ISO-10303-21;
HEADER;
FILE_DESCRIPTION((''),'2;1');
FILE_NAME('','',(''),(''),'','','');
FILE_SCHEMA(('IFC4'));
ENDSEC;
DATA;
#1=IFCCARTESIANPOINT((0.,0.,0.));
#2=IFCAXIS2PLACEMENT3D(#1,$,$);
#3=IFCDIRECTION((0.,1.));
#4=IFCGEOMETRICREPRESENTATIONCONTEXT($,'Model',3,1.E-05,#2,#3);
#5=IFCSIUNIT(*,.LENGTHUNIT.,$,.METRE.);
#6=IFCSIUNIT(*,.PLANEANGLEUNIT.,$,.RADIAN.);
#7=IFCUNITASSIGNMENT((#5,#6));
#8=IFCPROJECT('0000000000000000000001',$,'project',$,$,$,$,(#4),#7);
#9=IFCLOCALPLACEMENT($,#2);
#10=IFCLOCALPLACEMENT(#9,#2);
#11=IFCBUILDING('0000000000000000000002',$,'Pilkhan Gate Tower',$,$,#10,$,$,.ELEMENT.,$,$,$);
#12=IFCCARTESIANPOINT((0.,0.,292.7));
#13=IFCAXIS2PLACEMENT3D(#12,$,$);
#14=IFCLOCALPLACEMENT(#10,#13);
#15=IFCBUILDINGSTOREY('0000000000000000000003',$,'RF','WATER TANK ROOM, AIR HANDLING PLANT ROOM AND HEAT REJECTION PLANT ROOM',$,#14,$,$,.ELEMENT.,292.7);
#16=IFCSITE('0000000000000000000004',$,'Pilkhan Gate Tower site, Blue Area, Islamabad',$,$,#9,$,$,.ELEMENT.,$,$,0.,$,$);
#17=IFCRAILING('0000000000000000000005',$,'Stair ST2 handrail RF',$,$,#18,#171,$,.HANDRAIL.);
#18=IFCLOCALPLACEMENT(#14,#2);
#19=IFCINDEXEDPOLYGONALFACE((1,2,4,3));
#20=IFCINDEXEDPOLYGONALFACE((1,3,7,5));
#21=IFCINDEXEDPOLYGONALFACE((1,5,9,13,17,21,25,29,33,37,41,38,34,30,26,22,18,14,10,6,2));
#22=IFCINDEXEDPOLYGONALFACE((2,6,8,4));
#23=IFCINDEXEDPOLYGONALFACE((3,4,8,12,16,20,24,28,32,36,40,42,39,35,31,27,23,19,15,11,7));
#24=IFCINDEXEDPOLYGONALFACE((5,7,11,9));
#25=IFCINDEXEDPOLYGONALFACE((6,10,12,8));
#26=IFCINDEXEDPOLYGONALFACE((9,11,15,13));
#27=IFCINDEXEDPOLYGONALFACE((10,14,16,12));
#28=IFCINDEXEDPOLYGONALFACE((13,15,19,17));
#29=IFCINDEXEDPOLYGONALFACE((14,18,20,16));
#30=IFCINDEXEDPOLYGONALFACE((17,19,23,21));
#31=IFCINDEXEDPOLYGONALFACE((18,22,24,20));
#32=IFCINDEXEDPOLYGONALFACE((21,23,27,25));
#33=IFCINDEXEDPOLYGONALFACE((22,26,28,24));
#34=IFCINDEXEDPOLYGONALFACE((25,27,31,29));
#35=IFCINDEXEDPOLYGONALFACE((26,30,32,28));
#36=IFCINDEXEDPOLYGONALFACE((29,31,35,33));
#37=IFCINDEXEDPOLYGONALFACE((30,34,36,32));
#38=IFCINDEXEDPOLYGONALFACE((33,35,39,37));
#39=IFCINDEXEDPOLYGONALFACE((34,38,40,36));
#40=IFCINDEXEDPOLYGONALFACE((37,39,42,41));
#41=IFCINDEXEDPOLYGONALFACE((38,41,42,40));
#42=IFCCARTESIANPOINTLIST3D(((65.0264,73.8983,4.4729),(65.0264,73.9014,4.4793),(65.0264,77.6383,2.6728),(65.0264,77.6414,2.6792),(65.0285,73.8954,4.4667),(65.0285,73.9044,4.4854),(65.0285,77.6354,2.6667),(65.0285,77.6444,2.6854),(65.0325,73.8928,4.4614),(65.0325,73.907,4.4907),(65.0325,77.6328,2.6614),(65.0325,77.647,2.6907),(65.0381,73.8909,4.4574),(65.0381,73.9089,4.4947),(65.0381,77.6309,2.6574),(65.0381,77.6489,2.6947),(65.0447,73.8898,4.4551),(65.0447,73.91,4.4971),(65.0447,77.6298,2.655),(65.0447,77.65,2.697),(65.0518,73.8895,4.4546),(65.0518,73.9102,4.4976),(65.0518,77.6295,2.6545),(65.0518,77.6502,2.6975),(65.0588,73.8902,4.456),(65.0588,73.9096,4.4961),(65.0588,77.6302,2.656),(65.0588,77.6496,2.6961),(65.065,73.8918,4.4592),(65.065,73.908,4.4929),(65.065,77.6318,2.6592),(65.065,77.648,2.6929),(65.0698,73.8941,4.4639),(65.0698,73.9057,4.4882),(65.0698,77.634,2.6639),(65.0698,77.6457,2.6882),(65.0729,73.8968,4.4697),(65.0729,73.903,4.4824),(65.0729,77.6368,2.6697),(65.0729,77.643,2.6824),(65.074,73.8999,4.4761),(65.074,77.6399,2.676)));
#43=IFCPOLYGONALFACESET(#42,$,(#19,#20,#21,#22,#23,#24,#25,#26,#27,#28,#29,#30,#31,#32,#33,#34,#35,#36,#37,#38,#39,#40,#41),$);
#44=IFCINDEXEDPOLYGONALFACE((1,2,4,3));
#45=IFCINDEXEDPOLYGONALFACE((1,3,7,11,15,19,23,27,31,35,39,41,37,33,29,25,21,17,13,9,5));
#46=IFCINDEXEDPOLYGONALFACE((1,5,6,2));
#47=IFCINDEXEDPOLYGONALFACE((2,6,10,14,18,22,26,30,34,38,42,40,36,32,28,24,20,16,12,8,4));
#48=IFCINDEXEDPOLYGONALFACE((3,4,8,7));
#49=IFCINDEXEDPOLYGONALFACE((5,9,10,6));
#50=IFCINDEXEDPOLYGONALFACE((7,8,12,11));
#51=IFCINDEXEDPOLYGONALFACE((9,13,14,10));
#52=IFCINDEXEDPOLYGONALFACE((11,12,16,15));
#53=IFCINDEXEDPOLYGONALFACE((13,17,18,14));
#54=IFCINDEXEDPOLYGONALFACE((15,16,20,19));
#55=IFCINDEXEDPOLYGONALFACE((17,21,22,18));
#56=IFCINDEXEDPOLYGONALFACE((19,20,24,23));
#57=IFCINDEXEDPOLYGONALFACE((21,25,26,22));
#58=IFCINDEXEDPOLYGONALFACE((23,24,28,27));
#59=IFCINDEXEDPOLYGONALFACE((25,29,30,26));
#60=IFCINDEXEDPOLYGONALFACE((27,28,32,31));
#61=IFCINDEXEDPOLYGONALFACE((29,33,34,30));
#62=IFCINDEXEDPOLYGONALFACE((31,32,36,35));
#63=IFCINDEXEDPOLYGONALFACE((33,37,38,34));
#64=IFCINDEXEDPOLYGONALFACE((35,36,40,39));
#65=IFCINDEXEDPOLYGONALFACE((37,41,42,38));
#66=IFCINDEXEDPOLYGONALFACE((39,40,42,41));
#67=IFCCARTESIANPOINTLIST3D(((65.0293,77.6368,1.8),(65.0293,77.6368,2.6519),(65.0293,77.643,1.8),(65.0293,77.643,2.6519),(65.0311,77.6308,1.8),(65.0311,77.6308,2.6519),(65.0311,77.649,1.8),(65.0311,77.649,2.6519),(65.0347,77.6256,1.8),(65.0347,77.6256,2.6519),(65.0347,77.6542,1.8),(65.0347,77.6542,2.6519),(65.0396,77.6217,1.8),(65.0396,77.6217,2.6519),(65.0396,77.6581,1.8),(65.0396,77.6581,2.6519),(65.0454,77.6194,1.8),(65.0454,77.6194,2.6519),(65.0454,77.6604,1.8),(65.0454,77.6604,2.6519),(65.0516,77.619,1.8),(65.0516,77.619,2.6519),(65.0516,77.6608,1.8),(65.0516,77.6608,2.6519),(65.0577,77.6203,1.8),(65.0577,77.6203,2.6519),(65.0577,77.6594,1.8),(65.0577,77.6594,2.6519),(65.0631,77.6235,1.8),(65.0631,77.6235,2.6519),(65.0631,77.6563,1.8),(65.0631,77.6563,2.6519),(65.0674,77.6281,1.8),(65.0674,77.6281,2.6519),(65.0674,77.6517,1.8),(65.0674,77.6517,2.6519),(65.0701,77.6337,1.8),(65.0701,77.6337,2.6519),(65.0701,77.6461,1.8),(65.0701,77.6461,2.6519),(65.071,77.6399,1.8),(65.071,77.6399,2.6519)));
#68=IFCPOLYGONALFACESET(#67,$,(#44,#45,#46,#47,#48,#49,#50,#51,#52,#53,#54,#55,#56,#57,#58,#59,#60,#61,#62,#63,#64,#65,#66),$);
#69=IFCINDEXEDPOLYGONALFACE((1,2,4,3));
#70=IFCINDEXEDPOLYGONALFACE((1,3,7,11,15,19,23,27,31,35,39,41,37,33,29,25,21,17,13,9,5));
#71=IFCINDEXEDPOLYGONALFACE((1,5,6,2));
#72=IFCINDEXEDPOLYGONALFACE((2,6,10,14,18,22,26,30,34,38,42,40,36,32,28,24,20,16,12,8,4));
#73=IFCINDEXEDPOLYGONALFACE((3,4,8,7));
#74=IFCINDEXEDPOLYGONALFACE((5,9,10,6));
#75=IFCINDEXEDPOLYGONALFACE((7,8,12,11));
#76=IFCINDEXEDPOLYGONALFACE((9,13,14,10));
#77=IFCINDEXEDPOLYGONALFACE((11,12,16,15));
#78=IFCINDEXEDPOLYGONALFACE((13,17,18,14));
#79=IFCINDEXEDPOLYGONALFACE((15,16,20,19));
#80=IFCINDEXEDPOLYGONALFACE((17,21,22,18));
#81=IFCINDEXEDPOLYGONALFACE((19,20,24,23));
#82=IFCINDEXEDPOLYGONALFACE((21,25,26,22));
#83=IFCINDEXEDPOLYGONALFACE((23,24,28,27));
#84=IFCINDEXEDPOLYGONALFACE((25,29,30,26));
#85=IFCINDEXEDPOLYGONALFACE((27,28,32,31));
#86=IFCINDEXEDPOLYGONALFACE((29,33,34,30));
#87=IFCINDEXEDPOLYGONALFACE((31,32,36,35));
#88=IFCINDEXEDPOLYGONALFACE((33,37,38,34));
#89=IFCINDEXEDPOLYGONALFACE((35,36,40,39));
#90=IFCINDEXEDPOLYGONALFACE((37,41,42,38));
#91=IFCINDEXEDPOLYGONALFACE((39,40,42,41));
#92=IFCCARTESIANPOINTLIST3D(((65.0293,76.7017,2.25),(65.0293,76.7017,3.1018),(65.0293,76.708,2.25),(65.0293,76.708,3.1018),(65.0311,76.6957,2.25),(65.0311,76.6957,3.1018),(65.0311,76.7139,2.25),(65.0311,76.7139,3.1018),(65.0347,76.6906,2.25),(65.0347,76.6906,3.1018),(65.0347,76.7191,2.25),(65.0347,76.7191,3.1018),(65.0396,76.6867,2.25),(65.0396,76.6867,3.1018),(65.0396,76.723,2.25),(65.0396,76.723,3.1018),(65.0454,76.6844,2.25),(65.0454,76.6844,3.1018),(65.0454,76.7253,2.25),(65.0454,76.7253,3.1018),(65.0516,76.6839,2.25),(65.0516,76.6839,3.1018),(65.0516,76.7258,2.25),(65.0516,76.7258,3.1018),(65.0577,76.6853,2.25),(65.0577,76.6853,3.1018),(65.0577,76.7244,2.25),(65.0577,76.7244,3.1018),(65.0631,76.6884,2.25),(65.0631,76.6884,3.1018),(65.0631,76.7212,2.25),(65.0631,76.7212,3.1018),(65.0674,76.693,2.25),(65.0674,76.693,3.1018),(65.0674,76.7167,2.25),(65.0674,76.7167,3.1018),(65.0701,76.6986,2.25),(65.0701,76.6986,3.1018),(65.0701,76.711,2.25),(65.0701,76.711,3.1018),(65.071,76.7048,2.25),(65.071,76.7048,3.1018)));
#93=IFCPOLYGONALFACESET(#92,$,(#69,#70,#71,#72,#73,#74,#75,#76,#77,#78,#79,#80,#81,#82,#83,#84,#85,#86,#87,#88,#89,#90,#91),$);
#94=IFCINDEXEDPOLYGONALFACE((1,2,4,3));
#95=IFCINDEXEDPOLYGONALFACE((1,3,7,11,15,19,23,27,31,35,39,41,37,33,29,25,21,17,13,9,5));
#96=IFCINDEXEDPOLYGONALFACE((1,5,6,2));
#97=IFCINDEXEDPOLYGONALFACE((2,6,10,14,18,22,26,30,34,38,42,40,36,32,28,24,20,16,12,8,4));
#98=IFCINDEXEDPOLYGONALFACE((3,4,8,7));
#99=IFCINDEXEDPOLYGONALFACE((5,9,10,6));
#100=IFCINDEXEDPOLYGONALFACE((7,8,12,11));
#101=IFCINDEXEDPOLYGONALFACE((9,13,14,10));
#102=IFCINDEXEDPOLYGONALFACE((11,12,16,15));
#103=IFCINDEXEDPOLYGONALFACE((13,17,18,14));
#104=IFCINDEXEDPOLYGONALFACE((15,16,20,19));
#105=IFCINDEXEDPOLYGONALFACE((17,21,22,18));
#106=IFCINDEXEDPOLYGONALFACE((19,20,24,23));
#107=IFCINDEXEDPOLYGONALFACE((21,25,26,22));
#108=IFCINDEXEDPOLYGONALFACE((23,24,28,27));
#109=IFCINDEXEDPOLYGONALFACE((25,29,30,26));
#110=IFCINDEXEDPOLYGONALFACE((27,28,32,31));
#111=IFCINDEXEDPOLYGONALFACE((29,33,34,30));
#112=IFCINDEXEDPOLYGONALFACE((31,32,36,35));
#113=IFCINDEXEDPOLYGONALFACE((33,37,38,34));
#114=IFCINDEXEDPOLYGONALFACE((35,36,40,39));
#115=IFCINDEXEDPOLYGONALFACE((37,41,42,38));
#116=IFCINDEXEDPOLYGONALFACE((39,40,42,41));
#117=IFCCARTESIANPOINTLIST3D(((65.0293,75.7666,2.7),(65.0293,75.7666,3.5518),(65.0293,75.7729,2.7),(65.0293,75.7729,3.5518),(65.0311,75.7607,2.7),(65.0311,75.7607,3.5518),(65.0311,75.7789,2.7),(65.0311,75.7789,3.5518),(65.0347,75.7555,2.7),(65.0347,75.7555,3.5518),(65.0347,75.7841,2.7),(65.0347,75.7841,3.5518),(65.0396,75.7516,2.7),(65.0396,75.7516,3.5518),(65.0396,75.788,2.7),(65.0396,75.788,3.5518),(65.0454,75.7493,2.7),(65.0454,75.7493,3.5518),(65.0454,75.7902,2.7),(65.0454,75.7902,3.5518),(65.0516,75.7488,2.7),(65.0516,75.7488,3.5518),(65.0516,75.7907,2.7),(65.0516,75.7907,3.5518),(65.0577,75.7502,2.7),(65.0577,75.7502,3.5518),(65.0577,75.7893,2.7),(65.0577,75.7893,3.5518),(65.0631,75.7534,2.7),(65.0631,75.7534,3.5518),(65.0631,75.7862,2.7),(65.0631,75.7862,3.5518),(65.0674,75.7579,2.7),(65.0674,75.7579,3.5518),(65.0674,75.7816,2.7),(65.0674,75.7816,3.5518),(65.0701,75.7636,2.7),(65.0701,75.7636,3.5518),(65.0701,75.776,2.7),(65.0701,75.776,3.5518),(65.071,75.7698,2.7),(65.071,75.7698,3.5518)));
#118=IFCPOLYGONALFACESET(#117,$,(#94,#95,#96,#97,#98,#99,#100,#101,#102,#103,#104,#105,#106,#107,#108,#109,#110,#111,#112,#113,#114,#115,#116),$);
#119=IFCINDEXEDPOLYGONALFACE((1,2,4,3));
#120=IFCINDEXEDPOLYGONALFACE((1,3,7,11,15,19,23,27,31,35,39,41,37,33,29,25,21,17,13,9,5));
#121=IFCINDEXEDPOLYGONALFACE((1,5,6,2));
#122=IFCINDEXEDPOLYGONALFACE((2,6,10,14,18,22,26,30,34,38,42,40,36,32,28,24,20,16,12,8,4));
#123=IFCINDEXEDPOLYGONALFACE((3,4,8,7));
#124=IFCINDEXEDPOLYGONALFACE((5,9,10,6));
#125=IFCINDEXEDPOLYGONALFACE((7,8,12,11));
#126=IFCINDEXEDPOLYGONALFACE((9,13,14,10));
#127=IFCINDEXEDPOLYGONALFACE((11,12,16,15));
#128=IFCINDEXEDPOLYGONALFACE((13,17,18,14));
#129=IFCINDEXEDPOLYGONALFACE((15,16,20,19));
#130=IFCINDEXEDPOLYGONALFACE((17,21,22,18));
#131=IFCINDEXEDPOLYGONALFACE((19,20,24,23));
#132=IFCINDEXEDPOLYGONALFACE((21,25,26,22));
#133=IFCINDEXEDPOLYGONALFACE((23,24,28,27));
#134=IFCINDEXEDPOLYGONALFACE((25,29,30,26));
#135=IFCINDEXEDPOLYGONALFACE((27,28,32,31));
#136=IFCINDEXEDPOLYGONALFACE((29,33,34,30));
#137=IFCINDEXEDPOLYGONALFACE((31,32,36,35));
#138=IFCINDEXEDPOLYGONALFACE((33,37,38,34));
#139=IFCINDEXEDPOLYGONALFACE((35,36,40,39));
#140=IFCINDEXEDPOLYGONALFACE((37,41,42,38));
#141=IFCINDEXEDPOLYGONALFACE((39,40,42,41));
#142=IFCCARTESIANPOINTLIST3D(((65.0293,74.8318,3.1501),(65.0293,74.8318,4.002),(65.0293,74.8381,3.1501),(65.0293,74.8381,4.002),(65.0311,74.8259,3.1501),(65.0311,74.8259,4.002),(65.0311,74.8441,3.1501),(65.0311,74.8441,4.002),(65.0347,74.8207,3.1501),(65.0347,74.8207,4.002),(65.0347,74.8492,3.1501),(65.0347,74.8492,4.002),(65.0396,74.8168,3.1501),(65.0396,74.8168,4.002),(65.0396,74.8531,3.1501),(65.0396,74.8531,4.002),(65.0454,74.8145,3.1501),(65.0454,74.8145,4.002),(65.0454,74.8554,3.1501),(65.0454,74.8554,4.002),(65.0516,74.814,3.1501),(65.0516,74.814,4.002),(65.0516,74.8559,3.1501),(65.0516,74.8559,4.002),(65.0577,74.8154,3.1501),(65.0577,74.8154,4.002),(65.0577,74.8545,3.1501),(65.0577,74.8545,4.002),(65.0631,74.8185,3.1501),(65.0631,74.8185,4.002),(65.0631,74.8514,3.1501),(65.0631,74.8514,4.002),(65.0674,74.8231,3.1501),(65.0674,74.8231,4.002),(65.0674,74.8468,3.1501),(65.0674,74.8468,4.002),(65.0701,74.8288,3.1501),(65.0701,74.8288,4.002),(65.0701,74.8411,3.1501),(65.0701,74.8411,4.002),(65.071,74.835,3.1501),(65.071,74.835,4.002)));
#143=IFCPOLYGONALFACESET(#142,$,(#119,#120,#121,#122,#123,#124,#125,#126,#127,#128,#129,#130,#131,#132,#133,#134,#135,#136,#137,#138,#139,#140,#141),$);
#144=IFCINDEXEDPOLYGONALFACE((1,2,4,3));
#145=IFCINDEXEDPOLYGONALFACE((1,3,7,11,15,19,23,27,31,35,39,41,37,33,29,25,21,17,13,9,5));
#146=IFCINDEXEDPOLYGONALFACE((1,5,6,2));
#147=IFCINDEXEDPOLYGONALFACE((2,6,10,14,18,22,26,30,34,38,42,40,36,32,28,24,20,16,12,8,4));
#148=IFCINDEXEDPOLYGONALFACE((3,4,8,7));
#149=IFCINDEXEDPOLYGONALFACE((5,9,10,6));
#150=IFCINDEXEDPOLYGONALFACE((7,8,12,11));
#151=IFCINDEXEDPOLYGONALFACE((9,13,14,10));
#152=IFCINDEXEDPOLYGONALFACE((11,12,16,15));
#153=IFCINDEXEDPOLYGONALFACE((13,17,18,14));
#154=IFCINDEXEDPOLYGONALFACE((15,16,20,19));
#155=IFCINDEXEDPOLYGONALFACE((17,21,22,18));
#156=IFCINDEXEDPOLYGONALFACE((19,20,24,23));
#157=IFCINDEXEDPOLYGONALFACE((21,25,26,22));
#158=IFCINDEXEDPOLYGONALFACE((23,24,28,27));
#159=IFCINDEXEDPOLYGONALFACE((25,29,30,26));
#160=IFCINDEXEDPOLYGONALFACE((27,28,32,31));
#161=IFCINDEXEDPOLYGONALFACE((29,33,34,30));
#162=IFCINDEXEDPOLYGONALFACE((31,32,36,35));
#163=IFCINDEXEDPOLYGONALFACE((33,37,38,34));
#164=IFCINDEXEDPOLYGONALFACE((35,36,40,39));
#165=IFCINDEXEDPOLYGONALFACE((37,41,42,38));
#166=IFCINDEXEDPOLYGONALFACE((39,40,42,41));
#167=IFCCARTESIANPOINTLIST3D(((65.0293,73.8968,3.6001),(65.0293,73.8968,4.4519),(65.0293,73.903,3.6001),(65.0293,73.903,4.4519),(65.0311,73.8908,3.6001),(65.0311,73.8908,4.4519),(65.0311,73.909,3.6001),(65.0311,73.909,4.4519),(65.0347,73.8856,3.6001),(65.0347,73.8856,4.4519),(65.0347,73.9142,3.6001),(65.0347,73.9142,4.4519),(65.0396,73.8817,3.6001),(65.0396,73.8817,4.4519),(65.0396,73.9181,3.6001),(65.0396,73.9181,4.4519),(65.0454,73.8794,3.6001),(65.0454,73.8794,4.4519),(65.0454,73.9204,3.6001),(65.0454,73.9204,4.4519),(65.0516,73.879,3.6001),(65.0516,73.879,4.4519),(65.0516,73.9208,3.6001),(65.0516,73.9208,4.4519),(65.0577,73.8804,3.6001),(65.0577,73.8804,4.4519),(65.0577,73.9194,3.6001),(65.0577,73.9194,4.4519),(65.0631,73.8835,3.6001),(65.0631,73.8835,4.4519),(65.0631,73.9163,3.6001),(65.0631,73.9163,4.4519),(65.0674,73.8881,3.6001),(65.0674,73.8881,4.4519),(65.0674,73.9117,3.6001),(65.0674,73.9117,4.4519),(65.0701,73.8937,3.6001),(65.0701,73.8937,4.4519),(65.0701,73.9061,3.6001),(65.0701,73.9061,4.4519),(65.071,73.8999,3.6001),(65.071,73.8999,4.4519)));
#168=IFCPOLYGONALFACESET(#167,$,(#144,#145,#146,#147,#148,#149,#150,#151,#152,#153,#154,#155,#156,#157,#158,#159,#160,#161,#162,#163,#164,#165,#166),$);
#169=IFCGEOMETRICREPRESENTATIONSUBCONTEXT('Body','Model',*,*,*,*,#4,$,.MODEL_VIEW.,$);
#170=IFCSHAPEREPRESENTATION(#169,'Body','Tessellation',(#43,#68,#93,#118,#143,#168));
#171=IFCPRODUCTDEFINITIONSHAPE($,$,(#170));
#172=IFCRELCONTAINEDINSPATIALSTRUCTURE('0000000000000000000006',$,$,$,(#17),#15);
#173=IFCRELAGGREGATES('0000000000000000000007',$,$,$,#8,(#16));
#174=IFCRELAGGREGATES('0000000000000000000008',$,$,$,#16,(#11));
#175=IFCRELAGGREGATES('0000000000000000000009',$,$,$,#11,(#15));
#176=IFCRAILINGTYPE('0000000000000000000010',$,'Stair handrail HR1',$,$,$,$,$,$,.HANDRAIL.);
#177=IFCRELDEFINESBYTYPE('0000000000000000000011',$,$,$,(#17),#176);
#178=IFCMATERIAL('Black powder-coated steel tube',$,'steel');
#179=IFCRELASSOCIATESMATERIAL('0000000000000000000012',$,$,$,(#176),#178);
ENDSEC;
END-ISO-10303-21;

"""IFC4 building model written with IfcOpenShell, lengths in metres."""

from ifc_helpers import new_model, si_unit, direction, frame, origin, origin_2d, place, context, subcontext, project, spatial, circle, extrude, material, type_object, element, save


model = new_model("IFC4")

# Units and contexts
model_context = context("Model", 3, precision=1e-05, world=origin(), true_north=direction((0.0, 1.0)))
body_context = subcontext(model_context, "Body", "Model", "MODEL_VIEW")
ifc_project = project(units=[si_unit("LENGTHUNIT", "METRE"), si_unit("PLANEANGLEUNIT", "RADIAN")], contexts=[model_context])

# Site, building, storey
site_placement = place(None, origin())
site = spatial("IfcSite", under=ifc_project, at=site_placement, Name="Pilkhan Gate Tower site, Blue Area, Islamabad", CompositionType="ELEMENT", RefElevation=0.0)
building_placement = place(site_placement, origin())
building = spatial("IfcBuilding", under=site, at=building_placement, Name="Pilkhan Gate Tower", CompositionType="ELEMENT")
storey_placement = place(building_placement, frame((0.0, 0.0, 292.7)))
storey = spatial("IfcBuildingStorey", under=building, at=storey_placement, Name="RF", Description="WATER TANK ROOM, AIR HANDLING PLANT ROOM AND HEAT REJECTION PLANT ROOM", CompositionType="ELEMENT", Elevation=292.7)

# Railing
ifc_material_1 = material(Name="Black powder-coated steel tube", Category="steel")
railing_type_1 = type_object("IfcRailingType", Name="Stair handrail HR1", PredefinedType="HANDRAIL", material=ifc_material_1)
railing_1_placement = place(storey_placement, frame((65.05, 77.6399, 1.8)))
element("IfcRailing", 1, at=railing_1_placement, inside=storey, type_object=railing_type_1, Name="Stair ST2 handrail RF", PredefinedType="HANDRAIL", context=body_context, shape_type="SweptSolid", body=[
    extrude(circle(Radius=0.0239, at=origin_2d()), frame((0.0, 0.0, 0.876), z_axis=(0.0, -0.901066, 0.433681), x_axis=(1.0, 0.0, 0.0)), (0.0, 0.0, 1.0), 4.1506),
    extrude(circle(Radius=0.021, at=origin_2d()), origin(), (0.0, 0.0, 1.0), 0.8518),
    extrude(circle(Radius=0.021, at=origin_2d()), frame((0.0, -0.9351, 0.45)), (0.0, 0.0, 1.0), 0.8518),
    extrude(circle(Radius=0.021, at=origin_2d()), frame((0.0, -1.8701, 0.8999)), (0.0, 0.0, 1.0), 0.8518),
    extrude(circle(Radius=0.021, at=origin_2d()), frame((0.0, -2.8049, 1.3501)), (0.0, 0.0, 1.0), 0.8518),
    extrude(circle(Radius=0.021, at=origin_2d()), frame((0.0, -3.74, 1.8)), (0.0, 0.0, 1.0), 0.8518),
])

save(model, "model.ifc")
